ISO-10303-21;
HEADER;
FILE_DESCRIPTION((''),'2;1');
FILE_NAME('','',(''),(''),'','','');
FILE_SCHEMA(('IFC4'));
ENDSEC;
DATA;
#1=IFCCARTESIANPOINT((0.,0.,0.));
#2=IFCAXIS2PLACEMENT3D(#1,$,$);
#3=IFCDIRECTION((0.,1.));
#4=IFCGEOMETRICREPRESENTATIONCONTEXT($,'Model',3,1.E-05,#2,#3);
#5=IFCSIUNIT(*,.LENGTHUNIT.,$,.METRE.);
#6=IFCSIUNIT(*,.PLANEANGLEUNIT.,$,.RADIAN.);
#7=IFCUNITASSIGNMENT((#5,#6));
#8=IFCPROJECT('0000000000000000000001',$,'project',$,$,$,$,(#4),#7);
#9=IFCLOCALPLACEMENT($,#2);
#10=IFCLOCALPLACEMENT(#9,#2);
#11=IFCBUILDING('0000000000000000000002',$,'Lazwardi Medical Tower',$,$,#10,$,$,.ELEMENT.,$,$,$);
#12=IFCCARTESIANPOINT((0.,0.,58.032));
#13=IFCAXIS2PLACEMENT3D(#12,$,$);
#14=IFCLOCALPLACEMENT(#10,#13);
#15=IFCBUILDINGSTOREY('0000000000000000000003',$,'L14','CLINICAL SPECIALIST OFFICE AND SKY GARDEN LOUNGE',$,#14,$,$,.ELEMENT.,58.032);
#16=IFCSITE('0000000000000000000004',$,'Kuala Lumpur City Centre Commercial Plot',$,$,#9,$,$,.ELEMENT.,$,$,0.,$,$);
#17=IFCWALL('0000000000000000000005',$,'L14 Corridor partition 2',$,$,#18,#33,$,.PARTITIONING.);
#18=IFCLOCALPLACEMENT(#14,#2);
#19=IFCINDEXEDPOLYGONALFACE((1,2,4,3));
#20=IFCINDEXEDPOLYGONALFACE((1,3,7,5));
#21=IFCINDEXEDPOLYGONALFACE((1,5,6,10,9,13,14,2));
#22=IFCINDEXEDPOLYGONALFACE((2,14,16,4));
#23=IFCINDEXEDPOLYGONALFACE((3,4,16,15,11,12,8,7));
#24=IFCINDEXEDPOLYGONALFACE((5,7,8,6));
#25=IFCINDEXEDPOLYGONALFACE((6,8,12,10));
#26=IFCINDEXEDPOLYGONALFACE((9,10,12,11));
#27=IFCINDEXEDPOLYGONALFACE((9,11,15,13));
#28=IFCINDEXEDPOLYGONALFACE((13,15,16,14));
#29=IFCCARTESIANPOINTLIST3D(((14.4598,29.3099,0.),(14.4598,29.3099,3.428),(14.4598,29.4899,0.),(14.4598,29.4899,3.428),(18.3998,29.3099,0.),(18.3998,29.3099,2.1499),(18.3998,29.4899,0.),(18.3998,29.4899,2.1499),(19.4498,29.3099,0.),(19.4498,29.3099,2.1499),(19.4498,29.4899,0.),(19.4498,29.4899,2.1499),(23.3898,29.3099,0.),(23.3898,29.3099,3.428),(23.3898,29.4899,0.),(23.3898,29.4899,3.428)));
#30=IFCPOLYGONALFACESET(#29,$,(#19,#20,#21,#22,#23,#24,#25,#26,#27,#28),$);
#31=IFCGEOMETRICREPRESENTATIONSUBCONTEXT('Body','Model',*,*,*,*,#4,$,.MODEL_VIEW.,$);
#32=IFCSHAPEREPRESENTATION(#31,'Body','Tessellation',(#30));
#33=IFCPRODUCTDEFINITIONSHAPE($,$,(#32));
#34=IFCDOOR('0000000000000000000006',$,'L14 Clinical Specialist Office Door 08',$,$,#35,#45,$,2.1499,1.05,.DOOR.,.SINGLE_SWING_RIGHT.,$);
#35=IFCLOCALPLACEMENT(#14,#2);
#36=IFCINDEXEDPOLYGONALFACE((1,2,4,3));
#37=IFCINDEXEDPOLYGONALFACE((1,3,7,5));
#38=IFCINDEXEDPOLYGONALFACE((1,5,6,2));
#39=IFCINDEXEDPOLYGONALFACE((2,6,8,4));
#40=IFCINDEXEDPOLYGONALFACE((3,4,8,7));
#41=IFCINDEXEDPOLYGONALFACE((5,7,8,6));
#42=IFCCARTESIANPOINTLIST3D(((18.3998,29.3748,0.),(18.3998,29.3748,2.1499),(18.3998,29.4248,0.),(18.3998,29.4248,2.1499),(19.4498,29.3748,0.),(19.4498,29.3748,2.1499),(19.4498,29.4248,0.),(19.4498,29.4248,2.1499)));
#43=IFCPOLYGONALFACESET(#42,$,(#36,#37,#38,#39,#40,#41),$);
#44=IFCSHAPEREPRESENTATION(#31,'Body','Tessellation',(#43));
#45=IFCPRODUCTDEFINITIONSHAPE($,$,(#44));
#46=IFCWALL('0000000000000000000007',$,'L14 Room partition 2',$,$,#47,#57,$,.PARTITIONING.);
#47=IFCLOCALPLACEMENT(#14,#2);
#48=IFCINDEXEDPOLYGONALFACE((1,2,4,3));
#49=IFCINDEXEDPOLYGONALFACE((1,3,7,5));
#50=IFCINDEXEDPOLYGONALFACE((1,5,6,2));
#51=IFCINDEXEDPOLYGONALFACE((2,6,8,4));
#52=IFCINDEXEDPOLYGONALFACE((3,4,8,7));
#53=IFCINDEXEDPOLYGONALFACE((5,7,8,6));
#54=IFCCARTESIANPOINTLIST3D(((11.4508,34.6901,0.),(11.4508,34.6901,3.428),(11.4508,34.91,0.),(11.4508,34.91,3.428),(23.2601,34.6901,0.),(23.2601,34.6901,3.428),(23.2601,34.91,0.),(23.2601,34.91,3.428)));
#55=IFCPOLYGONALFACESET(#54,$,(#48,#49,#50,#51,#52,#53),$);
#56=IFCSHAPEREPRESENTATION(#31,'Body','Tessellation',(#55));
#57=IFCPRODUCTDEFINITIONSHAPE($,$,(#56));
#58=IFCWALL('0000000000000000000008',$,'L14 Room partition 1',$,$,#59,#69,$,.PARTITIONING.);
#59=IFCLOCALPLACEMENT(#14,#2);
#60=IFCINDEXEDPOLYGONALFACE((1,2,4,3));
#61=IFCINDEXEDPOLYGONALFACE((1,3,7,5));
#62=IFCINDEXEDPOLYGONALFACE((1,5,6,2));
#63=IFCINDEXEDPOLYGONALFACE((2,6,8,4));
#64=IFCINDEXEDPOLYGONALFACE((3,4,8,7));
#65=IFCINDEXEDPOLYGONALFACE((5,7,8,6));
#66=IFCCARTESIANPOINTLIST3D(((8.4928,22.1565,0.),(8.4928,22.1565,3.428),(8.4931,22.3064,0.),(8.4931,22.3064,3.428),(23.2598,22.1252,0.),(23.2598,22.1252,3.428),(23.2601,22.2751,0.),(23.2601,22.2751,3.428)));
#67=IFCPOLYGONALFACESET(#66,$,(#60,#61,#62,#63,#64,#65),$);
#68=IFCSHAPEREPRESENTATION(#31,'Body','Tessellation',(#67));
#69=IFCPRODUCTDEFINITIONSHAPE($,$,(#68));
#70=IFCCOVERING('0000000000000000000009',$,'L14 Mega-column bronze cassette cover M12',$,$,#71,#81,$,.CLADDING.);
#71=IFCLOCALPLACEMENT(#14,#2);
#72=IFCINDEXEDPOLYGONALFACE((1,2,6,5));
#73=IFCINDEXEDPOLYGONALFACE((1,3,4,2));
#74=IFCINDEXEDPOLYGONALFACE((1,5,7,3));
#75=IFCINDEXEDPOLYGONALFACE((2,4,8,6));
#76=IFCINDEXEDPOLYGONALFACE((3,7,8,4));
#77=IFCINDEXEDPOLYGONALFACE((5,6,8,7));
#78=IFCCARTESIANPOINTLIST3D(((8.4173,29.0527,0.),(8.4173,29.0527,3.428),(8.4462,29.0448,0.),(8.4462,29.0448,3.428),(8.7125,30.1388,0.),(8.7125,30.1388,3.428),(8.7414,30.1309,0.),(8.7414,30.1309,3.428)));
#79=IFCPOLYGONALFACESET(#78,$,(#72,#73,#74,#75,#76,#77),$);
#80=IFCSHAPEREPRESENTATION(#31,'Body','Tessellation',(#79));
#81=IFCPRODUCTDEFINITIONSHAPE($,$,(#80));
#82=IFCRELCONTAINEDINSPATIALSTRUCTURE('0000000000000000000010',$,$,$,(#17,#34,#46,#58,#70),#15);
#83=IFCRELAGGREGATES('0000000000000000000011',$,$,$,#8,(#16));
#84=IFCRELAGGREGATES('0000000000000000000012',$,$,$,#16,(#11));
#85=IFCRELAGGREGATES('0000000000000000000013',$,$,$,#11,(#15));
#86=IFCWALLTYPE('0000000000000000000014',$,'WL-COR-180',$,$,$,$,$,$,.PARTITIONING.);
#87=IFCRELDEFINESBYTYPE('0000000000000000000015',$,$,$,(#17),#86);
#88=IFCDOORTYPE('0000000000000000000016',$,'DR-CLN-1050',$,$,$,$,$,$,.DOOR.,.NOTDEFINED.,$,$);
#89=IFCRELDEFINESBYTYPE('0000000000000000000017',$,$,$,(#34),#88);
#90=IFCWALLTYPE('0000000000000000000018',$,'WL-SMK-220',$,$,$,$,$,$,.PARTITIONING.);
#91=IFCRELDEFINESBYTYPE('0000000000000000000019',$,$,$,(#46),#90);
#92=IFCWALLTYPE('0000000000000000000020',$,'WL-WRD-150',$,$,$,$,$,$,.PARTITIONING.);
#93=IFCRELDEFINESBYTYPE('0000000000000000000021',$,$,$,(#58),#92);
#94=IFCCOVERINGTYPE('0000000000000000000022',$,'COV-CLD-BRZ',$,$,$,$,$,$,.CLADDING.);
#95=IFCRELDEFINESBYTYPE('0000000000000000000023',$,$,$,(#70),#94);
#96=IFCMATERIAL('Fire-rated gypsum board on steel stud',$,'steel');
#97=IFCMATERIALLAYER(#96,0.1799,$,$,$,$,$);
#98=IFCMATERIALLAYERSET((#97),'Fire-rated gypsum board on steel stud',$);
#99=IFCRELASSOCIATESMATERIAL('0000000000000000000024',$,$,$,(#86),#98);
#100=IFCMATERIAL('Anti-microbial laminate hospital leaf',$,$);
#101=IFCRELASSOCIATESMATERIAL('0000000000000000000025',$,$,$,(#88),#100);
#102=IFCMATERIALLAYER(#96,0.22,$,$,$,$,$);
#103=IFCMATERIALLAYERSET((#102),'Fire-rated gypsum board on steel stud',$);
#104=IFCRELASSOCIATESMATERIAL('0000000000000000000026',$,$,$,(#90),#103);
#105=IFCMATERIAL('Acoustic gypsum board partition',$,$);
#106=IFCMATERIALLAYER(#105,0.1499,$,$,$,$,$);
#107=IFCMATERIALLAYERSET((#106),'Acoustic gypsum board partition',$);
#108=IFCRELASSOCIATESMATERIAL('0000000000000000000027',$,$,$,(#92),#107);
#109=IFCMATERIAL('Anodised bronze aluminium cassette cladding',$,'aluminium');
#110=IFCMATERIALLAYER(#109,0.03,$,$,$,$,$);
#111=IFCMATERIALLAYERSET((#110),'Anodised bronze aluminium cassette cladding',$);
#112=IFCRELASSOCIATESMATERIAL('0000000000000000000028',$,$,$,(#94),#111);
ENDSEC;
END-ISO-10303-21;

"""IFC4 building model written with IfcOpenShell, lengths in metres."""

from ifc_helpers import new_model, si_unit, direction, frame, frame_2d, origin, origin_2d, place, context, subcontext, project, spatial, rectangle, extrude, material, layer, layer_set, type_object, element, fill, save


model = new_model("IFC4")

# Units and contexts
model_context = context("Model", 3, precision=1e-05, world=origin(), true_north=direction((0.0, 1.0)))
body_context = subcontext(model_context, "Body", "Model", "MODEL_VIEW")
ifc_project = project(units=[si_unit("LENGTHUNIT", "METRE"), si_unit("PLANEANGLEUNIT", "RADIAN")], contexts=[model_context])

# Site, building, storey
site_placement = place(None, origin())
site = spatial("IfcSite", under=ifc_project, at=site_placement, Name="Kuala Lumpur City Centre Commercial Plot", CompositionType="ELEMENT", RefElevation=0.0)
building_placement = place(site_placement, origin())
building = spatial("IfcBuilding", under=site, at=building_placement, Name="Lazwardi Medical Tower", CompositionType="ELEMENT")
storey_placement = place(building_placement, frame((0.0, 0.0, 58.032)))
storey = spatial("IfcBuildingStorey", under=building, at=storey_placement, Name="L14", Description="CLINICAL SPECIALIST OFFICE AND SKY GARDEN LOUNGE", CompositionType="ELEMENT", Elevation=58.032)

# Shared definitions
ifc_material_1 = material(Name="Fire-rated gypsum board on steel stud", Category="steel")
ifc_layer_1 = layer(ifc_material_1, 0.1799)
ifc_layer_set_1 = layer_set([ifc_layer_1], Name="Fire-rated gypsum board on steel stud")
wall_type_1 = type_object("IfcWallType", Name="WL-COR-180", PredefinedType="PARTITIONING", material=ifc_layer_set_1)

# Wall, opening, door
wall_1_placement = place(storey_placement, frame((14.46, 29.3999, 0.0), z_axis=(0.0, 0.0, 1.0), x_axis=(1.0, 0.0, 0.0)))
wall_1 = element("IfcWall", 1, at=wall_1_placement, inside=storey, type_object=wall_type_1, Name="L14 Corridor partition 2", PredefinedType="PARTITIONING", context=body_context, shape_type="SweptSolid", body=[
    extrude(rectangle(XDim=8.9299, YDim=0.1799, at=frame_2d((4.4648, 0.0))), origin(), (0.0, 0.0, 1.0), 3.428),
])
opening_placement = place(wall_1_placement, frame((3.9399, 0.0, 0.0)))
opening = element("IfcOpeningElement", 2, at=opening_placement, cuts=wall_1, PredefinedType="OPENING", context=body_context, shape_type="SweptSolid", body=[
    extrude(rectangle(XDim=1.05, YDim=2.1499, at=frame_2d((0.5249, 1.075))), frame((0.0, 0.0999, 0.0), z_axis=(0.0, -1.0, 0.0), x_axis=(1.0, 0.0, 0.0)), (0.0, 0.0, 1.0), 0.2),
])
ifc_material_2 = material(Name="Anti-microbial laminate hospital leaf")
door_type = type_object("IfcDoorType", Name="DR-CLN-1050", OperationType="NOTDEFINED", PredefinedType="DOOR", material=ifc_material_2)
door_placement = place(opening_placement, origin())
door = element("IfcDoor", 3, at=door_placement, inside=storey, type_object=door_type, Name="L14 Clinical Specialist Office Door 08", OperationType="SINGLE_SWING_RIGHT", OverallHeight=2.1499, OverallWidth=1.05, PredefinedType="DOOR", context=body_context, shape_type="SweptSolid", body=[
    extrude(rectangle(XDim=1.05, YDim=2.1499, at=frame_2d((0.5249, 1.075))), frame((0.0, 0.0249, 0.0), z_axis=(0.0, -1.0, 0.0), x_axis=(1.0, 0.0, 0.0)), (0.0, 0.0, 1.0), 0.05),
])
fill(opening, door)

# Walls
ifc_layer_2 = layer(ifc_material_1, 0.22)
ifc_layer_set_2 = layer_set([ifc_layer_2], Name="Fire-rated gypsum board on steel stud")
wall_type_2 = type_object("IfcWallType", Name="WL-SMK-220", PredefinedType="PARTITIONING", material=ifc_layer_set_2)
wall_2_placement = place(storey_placement, frame((11.4507, 34.8, 0.0), z_axis=(0.0, 0.0, 1.0), x_axis=(1.0, 0.0, 0.0)))
element("IfcWall", 4, at=wall_2_placement, inside=storey, type_object=wall_type_2, Name="L14 Room partition 2", PredefinedType="PARTITIONING", context=body_context, shape_type="SweptSolid", body=[
    extrude(rectangle(XDim=11.8093, YDim=0.22, at=frame_2d((5.9048, 0.0))), origin(), (0.0, 0.0, 1.0), 3.428),
])
ifc_material_3 = material(Name="Acoustic gypsum board partition")
ifc_layer_3 = layer(ifc_material_3, 0.1499)
ifc_layer_set_3 = layer_set([ifc_layer_3], Name="Acoustic gypsum board partition")
wall_type_3 = type_object("IfcWallType", Name="WL-WRD-150", PredefinedType="PARTITIONING", material=ifc_layer_set_3)
wall_3_placement = place(storey_placement, frame((8.4929, 22.2314, 0.0), z_axis=(0.0, 0.0, 1.0), x_axis=(0.999998, -0.002116, 0.0)))
element("IfcWall", 5, at=wall_3_placement, inside=storey, type_object=wall_type_3, Name="L14 Room partition 1", PredefinedType="PARTITIONING", context=body_context, shape_type="SweptSolid", body=[
    extrude(rectangle(XDim=14.7671, YDim=0.1499, at=frame_2d((7.3835, 0.0))), origin(), (0.0, 0.0, 1.0), 3.428),
])

# Covering
ifc_material_4 = material(Name="Anodised bronze aluminium cassette cladding", Category="aluminium")
ifc_layer_4 = layer(ifc_material_4, 0.03)
ifc_layer_set_4 = layer_set([ifc_layer_4], Name="Anodised bronze aluminium cassette cladding")
covering_type = type_object("IfcCoveringType", Name="COV-CLD-BRZ", PredefinedType="CLADDING", material=ifc_layer_set_4)
covering_placement = place(storey_placement, frame((8.5793, 29.5918, 0.0), z_axis=(0.0, 0.0, 1.0), x_axis=(-0.262283, -0.964991, 0.0)))
element("IfcCovering", 6, at=covering_placement, inside=storey, type_object=covering_type, Name="L14 Mega-column bronze cassette cover M12", PredefinedType="CLADDING", context=body_context, shape_type="SweptSolid", body=[
    extrude(rectangle(XDim=1.1255, YDim=0.03, at=origin_2d()), origin(), (0.0, 0.0, 1.0), 3.428),
])

save(model, "model.ifc")
